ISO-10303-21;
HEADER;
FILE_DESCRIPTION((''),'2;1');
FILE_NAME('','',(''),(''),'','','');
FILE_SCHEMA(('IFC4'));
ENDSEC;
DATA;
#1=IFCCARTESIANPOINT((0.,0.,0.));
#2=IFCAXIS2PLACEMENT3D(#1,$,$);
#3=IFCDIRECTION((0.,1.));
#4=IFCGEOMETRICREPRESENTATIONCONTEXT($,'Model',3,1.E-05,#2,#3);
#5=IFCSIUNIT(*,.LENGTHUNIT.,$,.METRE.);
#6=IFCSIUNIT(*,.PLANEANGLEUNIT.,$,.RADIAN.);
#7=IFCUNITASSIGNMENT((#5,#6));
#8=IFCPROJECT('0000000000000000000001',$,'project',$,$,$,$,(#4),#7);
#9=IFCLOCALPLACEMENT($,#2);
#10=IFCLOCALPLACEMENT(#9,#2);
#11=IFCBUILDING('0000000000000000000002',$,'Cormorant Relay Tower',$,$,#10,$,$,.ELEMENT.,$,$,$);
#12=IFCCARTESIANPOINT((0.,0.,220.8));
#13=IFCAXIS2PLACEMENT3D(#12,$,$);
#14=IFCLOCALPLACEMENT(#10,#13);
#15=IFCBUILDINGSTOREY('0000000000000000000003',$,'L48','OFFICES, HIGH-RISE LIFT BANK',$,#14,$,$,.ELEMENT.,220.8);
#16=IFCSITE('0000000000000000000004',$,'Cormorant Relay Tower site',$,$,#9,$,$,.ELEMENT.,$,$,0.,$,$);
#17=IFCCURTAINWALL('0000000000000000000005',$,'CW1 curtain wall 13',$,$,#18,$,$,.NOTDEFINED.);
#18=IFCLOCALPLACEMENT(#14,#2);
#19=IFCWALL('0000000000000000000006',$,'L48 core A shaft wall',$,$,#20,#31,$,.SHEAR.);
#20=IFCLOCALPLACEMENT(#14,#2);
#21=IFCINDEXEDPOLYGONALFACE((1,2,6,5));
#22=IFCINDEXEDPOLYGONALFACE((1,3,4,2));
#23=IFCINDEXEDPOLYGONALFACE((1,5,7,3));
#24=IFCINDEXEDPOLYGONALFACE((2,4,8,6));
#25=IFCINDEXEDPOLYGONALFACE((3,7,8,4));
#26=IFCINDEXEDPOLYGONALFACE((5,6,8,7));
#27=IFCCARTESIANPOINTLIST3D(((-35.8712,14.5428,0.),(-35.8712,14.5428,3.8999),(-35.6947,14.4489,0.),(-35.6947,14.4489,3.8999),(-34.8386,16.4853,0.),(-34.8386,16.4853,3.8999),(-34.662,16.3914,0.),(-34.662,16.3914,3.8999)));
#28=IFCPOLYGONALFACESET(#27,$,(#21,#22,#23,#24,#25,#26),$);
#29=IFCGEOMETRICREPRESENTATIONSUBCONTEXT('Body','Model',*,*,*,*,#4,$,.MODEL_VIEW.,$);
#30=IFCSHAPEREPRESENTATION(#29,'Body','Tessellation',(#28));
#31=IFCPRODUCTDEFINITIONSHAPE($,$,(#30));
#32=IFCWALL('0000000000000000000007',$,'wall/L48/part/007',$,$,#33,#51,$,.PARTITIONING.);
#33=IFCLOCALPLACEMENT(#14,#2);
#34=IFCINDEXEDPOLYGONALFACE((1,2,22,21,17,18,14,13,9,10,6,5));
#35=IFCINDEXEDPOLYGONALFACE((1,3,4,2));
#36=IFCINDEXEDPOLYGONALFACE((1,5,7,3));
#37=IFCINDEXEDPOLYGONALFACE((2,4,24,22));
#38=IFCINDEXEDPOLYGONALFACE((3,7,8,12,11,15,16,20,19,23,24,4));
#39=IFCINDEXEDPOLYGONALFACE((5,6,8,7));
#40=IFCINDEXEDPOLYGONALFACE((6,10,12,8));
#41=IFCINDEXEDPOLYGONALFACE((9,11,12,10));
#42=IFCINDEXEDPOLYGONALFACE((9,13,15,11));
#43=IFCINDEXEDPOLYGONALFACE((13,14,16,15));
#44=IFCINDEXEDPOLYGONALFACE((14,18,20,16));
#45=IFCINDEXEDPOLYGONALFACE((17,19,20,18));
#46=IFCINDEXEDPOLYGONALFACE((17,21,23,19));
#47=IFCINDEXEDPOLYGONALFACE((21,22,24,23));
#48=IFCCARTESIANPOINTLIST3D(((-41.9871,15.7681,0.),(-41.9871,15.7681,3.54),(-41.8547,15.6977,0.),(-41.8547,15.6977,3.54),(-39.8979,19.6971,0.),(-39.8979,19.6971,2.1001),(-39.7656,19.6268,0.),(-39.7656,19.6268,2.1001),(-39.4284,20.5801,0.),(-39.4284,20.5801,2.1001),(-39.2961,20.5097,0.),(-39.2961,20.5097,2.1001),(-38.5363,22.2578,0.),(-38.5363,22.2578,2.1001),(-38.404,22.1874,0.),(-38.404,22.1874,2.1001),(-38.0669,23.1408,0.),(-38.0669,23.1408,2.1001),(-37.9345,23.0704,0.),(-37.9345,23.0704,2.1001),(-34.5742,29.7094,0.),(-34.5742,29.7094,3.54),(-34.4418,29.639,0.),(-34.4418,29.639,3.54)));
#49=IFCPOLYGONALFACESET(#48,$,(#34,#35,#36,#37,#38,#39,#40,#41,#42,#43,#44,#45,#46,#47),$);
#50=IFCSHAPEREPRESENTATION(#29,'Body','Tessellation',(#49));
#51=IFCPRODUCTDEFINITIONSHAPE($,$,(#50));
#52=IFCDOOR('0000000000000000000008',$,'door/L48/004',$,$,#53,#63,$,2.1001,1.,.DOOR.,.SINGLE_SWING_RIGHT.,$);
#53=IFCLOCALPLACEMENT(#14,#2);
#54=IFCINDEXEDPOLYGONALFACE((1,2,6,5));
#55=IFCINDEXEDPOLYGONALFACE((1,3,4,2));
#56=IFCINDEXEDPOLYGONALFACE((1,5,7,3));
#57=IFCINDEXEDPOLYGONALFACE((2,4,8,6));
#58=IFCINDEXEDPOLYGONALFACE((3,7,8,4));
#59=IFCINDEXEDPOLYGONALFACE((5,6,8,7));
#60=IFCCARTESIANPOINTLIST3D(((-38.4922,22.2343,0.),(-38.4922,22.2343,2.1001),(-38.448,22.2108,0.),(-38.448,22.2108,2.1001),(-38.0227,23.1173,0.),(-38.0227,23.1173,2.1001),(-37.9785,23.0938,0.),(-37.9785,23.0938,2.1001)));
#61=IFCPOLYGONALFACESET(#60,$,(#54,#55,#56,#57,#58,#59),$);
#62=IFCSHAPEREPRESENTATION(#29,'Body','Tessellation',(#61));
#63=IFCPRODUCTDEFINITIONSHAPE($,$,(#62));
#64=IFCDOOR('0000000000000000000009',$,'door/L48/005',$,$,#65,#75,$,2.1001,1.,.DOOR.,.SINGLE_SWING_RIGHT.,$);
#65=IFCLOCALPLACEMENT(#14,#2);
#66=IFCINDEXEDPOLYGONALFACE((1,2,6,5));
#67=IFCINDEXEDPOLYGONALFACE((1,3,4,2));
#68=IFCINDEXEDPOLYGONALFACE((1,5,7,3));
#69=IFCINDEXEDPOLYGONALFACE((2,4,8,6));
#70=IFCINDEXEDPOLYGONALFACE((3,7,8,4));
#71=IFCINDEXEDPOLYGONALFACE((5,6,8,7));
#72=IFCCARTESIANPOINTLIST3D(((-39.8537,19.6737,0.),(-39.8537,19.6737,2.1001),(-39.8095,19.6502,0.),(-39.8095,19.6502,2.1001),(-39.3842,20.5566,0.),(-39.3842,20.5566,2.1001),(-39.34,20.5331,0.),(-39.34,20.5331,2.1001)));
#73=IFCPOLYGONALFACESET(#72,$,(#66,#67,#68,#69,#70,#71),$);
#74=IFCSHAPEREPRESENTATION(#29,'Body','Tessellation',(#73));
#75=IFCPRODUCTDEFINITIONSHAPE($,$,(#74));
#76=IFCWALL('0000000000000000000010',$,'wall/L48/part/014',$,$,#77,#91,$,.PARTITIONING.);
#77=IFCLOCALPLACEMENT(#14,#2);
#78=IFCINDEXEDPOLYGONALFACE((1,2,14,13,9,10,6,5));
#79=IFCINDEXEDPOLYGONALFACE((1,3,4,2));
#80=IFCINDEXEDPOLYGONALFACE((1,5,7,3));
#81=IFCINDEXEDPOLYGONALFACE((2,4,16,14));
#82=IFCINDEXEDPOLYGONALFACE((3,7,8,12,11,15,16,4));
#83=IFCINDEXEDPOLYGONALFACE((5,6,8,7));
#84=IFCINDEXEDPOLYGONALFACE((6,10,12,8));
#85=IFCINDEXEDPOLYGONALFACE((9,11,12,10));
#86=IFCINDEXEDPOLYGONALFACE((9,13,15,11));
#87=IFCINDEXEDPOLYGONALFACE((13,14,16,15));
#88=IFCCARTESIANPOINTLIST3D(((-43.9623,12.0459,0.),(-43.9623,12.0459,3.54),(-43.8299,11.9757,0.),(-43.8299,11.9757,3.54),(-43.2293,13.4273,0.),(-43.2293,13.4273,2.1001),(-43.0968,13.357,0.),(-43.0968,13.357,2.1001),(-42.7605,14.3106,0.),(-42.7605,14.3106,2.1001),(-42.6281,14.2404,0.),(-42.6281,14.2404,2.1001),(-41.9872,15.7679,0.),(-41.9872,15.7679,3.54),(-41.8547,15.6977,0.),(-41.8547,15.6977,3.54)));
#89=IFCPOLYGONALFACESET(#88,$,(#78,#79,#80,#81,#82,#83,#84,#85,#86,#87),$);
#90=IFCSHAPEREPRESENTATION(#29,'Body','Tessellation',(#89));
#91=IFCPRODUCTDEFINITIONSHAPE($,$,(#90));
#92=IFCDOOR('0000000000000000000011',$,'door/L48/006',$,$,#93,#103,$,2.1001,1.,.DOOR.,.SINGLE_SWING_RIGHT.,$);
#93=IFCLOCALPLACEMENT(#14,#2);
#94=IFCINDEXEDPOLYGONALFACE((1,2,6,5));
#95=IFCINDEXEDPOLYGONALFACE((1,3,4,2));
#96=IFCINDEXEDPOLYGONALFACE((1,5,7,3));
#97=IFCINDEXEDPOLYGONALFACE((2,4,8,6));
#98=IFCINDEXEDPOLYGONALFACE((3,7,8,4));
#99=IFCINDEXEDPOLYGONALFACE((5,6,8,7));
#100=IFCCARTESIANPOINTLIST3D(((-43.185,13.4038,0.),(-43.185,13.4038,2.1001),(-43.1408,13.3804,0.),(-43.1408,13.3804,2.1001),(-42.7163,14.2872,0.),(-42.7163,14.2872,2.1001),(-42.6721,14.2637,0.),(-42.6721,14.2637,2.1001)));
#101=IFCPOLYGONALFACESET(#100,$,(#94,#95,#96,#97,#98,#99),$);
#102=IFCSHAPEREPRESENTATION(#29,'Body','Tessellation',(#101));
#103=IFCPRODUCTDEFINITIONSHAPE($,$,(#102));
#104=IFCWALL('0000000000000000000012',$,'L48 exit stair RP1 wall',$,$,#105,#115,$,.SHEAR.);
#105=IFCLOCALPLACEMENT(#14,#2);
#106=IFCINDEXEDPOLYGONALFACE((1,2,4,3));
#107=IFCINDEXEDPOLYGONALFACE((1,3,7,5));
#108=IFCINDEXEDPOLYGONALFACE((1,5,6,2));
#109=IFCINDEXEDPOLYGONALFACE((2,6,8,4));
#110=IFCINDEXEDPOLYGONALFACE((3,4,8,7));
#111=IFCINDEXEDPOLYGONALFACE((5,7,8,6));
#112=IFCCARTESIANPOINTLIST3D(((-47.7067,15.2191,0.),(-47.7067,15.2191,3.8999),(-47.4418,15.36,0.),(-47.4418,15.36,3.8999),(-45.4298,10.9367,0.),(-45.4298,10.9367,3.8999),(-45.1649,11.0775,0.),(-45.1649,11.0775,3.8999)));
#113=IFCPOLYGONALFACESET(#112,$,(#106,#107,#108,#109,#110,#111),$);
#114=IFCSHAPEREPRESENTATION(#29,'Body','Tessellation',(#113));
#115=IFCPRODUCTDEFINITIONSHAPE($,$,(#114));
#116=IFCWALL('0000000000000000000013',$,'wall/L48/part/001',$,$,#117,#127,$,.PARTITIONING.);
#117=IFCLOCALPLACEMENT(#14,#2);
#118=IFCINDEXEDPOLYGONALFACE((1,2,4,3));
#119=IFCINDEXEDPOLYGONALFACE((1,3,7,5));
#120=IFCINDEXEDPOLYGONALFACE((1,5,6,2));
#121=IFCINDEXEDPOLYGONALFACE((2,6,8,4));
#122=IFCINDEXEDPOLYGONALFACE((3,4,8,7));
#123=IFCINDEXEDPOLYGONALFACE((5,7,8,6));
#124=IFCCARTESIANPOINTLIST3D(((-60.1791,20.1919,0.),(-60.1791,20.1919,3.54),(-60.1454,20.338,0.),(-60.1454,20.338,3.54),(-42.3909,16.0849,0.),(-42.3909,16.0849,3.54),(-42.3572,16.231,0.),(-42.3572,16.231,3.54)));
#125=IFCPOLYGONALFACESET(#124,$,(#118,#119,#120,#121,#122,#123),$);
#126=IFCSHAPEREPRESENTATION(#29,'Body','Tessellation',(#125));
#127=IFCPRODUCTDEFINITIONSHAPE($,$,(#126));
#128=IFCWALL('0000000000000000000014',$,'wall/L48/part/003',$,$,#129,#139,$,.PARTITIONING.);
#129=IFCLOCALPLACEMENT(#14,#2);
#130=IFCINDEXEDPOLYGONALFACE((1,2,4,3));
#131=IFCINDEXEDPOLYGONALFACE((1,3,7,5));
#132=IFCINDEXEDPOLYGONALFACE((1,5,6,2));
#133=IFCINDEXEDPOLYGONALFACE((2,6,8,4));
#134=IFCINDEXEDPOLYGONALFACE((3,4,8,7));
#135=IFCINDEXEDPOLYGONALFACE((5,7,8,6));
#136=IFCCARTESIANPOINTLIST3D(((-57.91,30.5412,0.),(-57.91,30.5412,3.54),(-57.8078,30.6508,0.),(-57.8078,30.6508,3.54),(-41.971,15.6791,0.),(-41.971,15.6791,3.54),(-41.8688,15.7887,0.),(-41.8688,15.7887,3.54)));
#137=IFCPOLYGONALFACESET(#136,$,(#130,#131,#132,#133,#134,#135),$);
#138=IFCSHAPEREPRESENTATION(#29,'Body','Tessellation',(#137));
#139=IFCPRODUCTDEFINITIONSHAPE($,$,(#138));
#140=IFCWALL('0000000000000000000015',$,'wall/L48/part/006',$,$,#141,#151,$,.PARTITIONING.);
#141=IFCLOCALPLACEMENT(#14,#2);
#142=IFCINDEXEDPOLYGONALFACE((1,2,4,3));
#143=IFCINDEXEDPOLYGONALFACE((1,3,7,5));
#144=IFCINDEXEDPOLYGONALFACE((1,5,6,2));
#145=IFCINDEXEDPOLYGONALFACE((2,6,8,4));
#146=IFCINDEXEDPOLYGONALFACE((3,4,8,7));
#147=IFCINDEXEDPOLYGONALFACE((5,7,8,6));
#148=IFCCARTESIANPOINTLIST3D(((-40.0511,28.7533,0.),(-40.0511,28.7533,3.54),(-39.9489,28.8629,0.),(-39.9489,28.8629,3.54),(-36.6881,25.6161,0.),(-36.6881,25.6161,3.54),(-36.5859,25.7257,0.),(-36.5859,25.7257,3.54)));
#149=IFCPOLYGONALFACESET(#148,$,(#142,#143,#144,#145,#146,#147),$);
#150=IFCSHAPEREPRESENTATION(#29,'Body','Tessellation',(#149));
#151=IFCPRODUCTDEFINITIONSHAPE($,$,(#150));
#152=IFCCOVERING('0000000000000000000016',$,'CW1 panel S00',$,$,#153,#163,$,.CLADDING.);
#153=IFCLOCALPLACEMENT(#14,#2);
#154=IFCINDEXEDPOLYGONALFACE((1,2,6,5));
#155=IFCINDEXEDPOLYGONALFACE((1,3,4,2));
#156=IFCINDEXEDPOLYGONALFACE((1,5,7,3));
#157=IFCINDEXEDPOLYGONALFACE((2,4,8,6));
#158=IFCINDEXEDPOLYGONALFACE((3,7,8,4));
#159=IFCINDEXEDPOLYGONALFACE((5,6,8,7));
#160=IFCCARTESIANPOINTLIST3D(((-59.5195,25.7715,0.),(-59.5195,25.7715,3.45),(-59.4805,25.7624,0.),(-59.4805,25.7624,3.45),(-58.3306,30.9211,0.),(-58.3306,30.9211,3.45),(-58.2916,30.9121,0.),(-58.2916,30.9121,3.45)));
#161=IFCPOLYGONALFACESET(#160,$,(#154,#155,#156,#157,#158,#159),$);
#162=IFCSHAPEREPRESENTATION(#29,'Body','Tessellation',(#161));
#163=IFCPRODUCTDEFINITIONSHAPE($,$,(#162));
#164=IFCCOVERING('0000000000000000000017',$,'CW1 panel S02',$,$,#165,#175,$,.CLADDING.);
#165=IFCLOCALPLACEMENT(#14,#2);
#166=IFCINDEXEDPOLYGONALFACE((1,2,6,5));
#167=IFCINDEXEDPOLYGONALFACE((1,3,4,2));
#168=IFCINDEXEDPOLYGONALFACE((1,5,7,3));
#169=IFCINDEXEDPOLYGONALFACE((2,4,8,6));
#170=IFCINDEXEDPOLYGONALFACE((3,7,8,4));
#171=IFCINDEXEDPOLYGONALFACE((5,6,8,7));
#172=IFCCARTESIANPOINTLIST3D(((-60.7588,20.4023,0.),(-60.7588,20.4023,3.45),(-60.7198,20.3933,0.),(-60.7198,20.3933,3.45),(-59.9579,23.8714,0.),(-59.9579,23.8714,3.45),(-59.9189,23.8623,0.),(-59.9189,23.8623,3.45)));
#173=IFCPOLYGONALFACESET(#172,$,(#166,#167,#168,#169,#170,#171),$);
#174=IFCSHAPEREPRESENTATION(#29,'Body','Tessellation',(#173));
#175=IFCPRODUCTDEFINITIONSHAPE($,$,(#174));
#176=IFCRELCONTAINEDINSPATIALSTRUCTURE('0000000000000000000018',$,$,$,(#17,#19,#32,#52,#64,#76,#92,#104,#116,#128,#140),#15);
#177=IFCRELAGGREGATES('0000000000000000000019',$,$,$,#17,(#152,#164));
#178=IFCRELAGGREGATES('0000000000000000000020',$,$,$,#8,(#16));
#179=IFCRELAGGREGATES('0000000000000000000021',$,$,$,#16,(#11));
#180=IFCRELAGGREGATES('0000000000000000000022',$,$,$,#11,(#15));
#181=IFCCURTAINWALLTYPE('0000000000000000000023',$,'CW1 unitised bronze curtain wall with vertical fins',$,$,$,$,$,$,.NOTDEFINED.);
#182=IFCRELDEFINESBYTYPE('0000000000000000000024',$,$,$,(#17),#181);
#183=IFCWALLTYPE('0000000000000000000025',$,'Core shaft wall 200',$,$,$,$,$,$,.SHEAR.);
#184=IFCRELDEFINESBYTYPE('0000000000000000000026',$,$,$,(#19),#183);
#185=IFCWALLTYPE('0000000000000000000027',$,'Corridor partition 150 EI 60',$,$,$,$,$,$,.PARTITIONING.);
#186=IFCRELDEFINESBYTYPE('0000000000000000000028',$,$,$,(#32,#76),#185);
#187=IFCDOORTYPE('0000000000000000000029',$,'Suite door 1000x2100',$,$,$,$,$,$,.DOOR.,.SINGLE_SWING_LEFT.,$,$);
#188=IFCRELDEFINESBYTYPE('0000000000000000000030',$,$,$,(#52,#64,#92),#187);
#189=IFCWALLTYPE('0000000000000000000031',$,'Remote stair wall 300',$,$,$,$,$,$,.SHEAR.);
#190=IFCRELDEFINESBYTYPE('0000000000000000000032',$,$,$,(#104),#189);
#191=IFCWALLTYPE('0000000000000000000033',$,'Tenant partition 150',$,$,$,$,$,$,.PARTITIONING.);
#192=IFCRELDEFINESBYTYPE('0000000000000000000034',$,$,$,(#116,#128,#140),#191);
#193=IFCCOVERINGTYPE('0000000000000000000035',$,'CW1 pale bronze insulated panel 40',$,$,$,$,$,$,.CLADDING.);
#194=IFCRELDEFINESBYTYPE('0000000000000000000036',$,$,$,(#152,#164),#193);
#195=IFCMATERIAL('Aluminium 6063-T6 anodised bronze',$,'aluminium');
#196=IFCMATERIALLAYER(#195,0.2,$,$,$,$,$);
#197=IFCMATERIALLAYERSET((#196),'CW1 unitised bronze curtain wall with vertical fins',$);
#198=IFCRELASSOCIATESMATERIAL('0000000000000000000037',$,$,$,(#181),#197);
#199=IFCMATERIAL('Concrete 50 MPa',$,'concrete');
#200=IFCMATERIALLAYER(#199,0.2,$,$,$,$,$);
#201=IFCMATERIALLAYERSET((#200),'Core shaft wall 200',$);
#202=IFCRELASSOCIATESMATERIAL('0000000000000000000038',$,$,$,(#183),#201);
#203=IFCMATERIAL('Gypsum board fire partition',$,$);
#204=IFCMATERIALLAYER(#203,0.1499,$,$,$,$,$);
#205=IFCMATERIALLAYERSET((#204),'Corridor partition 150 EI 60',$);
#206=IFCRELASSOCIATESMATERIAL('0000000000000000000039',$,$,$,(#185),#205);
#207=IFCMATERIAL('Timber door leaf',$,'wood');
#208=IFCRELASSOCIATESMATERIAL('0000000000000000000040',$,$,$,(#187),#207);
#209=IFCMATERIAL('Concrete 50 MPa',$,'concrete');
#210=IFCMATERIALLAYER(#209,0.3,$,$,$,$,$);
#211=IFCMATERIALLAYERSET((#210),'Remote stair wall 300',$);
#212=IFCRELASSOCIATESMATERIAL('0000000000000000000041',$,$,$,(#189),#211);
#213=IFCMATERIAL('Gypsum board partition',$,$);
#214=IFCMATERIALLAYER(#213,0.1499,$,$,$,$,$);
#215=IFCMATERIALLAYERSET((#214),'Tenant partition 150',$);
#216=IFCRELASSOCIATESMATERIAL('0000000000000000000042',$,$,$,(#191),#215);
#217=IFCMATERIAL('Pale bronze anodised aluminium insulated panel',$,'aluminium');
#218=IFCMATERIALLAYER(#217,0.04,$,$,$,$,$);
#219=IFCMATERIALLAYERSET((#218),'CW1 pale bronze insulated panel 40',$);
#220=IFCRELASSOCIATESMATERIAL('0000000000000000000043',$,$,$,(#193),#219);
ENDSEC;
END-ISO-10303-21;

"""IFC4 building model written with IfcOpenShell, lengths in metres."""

from ifc_helpers import new_model, si_unit, direction, frame, frame_2d, origin, origin_2d, place, context, subcontext, project, spatial, rectangle, extrude, material, layer, layer_set, type_object, element, fill, aggregate, save


model = new_model("IFC4")

# Units and contexts
model_context = context("Model", 3, precision=1e-05, world=origin(), true_north=direction((0.0, 1.0)))
body_context = subcontext(model_context, "Body", "Model", "MODEL_VIEW")
ifc_project = project(units=[si_unit("LENGTHUNIT", "METRE"), si_unit("PLANEANGLEUNIT", "RADIAN")], contexts=[model_context])

# Site, building, storey
site_placement = place(None, origin())
site = spatial("IfcSite", under=ifc_project, at=site_placement, Name="Cormorant Relay Tower site", CompositionType="ELEMENT", RefElevation=0.0)
building_placement = place(site_placement, origin())
building = spatial("IfcBuilding", under=site, at=building_placement, Name="Cormorant Relay Tower", CompositionType="ELEMENT")
storey_placement = place(building_placement, frame((0.0, 0.0, 220.8)))
storey = spatial("IfcBuildingStorey", under=building, at=storey_placement, Name="L48", Description="OFFICES, HIGH-RISE LIFT BANK", CompositionType="ELEMENT", Elevation=220.8)

# Curtain wall
ifc_material_1 = material(Name="Aluminium 6063-T6 anodised bronze", Category="aluminium")
ifc_layer_1 = layer(ifc_material_1, 0.2)
ifc_layer_set_1 = layer_set([ifc_layer_1], Name="CW1 unitised bronze curtain wall with vertical fins")
curtain_wall_type = type_object("IfcCurtainWallType", Name="CW1 unitised bronze curtain wall with vertical fins", PredefinedType="NOTDEFINED", material=ifc_layer_set_1)
curtain_wall_1_placement = place(storey_placement, origin())
curtain_wall_1 = element("IfcCurtainWall", 1, at=curtain_wall_1_placement, inside=storey, type_object=curtain_wall_type, Name="CW1 curtain wall 13", PredefinedType="NOTDEFINED")

# Wall
ifc_material_2 = material(Name="Concrete 50 MPa", Category="concrete")
ifc_layer_2 = layer(ifc_material_2, 0.2)
ifc_layer_set_2 = layer_set([ifc_layer_2], Name="Core shaft wall 200")
wall_type_1 = type_object("IfcWallType", Name="Core shaft wall 200", PredefinedType="SHEAR", material=ifc_layer_set_2)
wall_1_placement = place(storey_placement, frame((-34.7502, 16.4385, 0.0), z_axis=(0.0, 0.0, 1.0), x_axis=(-0.469401, -0.882985, 0.0)))
element("IfcWall", 2, at=wall_1_placement, inside=storey, type_object=wall_type_1, Name="L48 core A shaft wall", PredefinedType="SHEAR", context=body_context, shape_type="SweptSolid", body=[
    extrude(rectangle(XDim=2.2, YDim=0.2, at=frame_2d((1.1001, 0.0))), origin(), (0.0, 0.0, 1.0), 3.8999),
])

# Wall, openings, doors
ifc_material_3 = material(Name="Gypsum board fire partition")
ifc_layer_3 = layer(ifc_material_3, 0.1499)
ifc_layer_set_3 = layer_set([ifc_layer_3], Name="Corridor partition 150 EI 60")
wall_type_2 = type_object("IfcWallType", Name="Corridor partition 150 EI 60", PredefinedType="PARTITIONING", material=ifc_layer_set_3)
wall_2_placement = place(storey_placement, frame((-41.9209, 15.7329, 0.0), z_axis=(0.0, 0.0, 1.0), x_axis=(0.469481, 0.882942, 0.0)))
wall_2 = element("IfcWall", 3, at=wall_2_placement, inside=storey, type_object=wall_type_2, Name="wall/L48/part/007", PredefinedType="PARTITIONING", context=body_context, shape_type="SweptSolid", body=[
    extrude(rectangle(XDim=15.7896, YDim=0.1499, at=frame_2d((7.8948, 0.0))), origin(), (0.0, 0.0, 1.0), 3.54),
])
opening_1_placement = place(wall_2_placement, frame((7.3501, 0.0, 0.0)))
opening_1 = element("IfcOpeningElement", 4, at=opening_1_placement, cuts=wall_2, PredefinedType="OPENING", context=body_context, shape_type="SweptSolid", body=[
    extrude(rectangle(XDim=1.0, YDim=2.1001, at=frame_2d((0.5, 1.05))), frame((0.0, 0.085, 0.0), z_axis=(0.0, -1.0, 0.0), x_axis=(1.0, 0.0, 0.0)), (0.0, 0.0, 1.0), 0.1699),
])
opening_2_placement = place(wall_2_placement, frame((4.45, 0.0, 0.0)))
opening_2 = element("IfcOpeningElement", 5, at=opening_2_placement, cuts=wall_2, PredefinedType="OPENING", context=body_context, shape_type="SweptSolid", body=[
    extrude(rectangle(XDim=1.0, YDim=2.1001, at=frame_2d((0.5, 1.05))), frame((0.0, 0.085, 0.0), z_axis=(0.0, -1.0, 0.0), x_axis=(1.0, 0.0, 0.0)), (0.0, 0.0, 1.0), 0.1699),
])
ifc_material_4 = material(Name="Timber door leaf", Category="wood")
door_type = type_object("IfcDoorType", Name="Suite door 1000x2100", OperationType="SINGLE_SWING_LEFT", PredefinedType="DOOR", material=ifc_material_4)
door_1_placement = place(opening_1_placement, origin())
door_1 = element("IfcDoor", 6, at=door_1_placement, inside=storey, type_object=door_type, Name="door/L48/004", OperationType="SINGLE_SWING_RIGHT", OverallHeight=2.1001, OverallWidth=1.0, PredefinedType="DOOR", context=body_context, shape_type="SweptSolid", body=[
    extrude(rectangle(XDim=1.0, YDim=2.1001, at=frame_2d((0.5, 1.05))), frame((0.0, 0.0249, 0.0), z_axis=(0.0, -1.0, 0.0), x_axis=(1.0, 0.0, 0.0)), (0.0, 0.0, 1.0), 0.05),
])
fill(opening_1, door_1)
door_2_placement = place(opening_2_placement, origin())
door_2 = element("IfcDoor", 7, at=door_2_placement, inside=storey, type_object=door_type, Name="door/L48/005", OperationType="SINGLE_SWING_RIGHT", OverallHeight=2.1001, OverallWidth=1.0, PredefinedType="DOOR", context=body_context, shape_type="SweptSolid", body=[
    extrude(rectangle(XDim=1.0, YDim=2.1001, at=frame_2d((0.5, 1.05))), frame((0.0, 0.0249, 0.0), z_axis=(0.0, -1.0, 0.0), x_axis=(1.0, 0.0, 0.0)), (0.0, 0.0, 1.0), 0.05),
])
fill(opening_2, door_2)

# Wall, opening, door
wall_3_placement = place(storey_placement, frame((-41.9209, 15.7329, 0.0), z_axis=(0.0, 0.0, 1.0), x_axis=(-0.468753, -0.883329, 0.0)))
wall_3 = element("IfcWall", 8, at=wall_3_placement, inside=storey, type_object=wall_type_2, Name="wall/L48/part/014", PredefinedType="PARTITIONING", context=body_context, shape_type="SweptSolid", body=[
    extrude(rectangle(XDim=4.2136, YDim=0.1499, at=frame_2d((2.1069, 0.0))), origin(), (0.0, 0.0, 1.0), 3.54),
])
opening_3_placement = place(wall_3_placement, frame((1.6499, 0.0, 0.0)))
opening_3 = element("IfcOpeningElement", 9, at=opening_3_placement, cuts=wall_3, PredefinedType="OPENING", context=body_context, shape_type="SweptSolid", body=[
    extrude(rectangle(XDim=1.0, YDim=2.1001, at=frame_2d((0.5, 1.05))), frame((0.0, 0.085, 0.0), z_axis=(0.0, -1.0, 0.0), x_axis=(1.0, 0.0, 0.0)), (0.0, 0.0, 1.0), 0.1699),
])
door_3_placement = place(opening_3_placement, frame((1.0, 0.0, 0.0), z_axis=(0.0, 0.0, 1.0), x_axis=(-1.0, 0.0, 0.0)))
door_3 = element("IfcDoor", 10, at=door_3_placement, inside=storey, type_object=door_type, Name="door/L48/006", OperationType="SINGLE_SWING_RIGHT", OverallHeight=2.1001, OverallWidth=1.0, PredefinedType="DOOR", context=body_context, shape_type="SweptSolid", body=[
    extrude(rectangle(XDim=1.0, YDim=2.1001, at=frame_2d((0.5, 1.05))), frame((0.0, 0.0249, 0.0), z_axis=(0.0, -1.0, 0.0), x_axis=(1.0, 0.0, 0.0)), (0.0, 0.0, 1.0), 0.05),
])
fill(opening_3, door_3)

# Walls
ifc_material_5 = material(Name="Concrete 50 MPa", Category="concrete")
ifc_layer_4 = layer(ifc_material_5, 0.3)
ifc_layer_set_4 = layer_set([ifc_layer_4], Name="Remote stair wall 300")
wall_type_3 = type_object("IfcWallType", Name="Remote stair wall 300", PredefinedType="SHEAR", material=ifc_layer_set_4)
wall_4_placement = place(storey_placement, frame((-47.5742, 15.2896, 0.0), z_axis=(0.0, 0.0, 1.0), x_axis=(0.469443, -0.882963, 0.0)))
element("IfcWall", 11, at=wall_4_placement, inside=storey, type_object=wall_type_3, Name="L48 exit stair RP1 wall", PredefinedType="SHEAR", context=body_context, shape_type="SweptSolid", body=[
    extrude(rectangle(XDim=4.8501, YDim=0.3, at=frame_2d((2.425, 0.0))), origin(), (0.0, 0.0, 1.0), 3.8999),
])
ifc_material_6 = material(Name="Gypsum board partition")
ifc_layer_5 = layer(ifc_material_6, 0.1499)
ifc_layer_set_5 = layer_set([ifc_layer_5], Name="Tenant partition 150")
wall_type_4 = type_object("IfcWallType", Name="Tenant partition 150", PredefinedType="PARTITIONING", material=ifc_layer_set_5)
wall_5_placement = place(storey_placement, frame((-60.1621, 20.2649, 0.0), z_axis=(0.0, 0.0, 1.0), x_axis=(0.974367, -0.224963, 0.0)))
element("IfcWall", 12, at=wall_5_placement, inside=storey, type_object=wall_type_4, Name="wall/L48/part/001", PredefinedType="PARTITIONING", context=body_context, shape_type="SweptSolid", body=[
    extrude(rectangle(XDim=18.2561, YDim=0.1499, at=frame_2d((9.1279, 0.0))), origin(), (0.0, 0.0, 1.0), 3.54),
])
wall_6_placement = place(storey_placement, frame((-41.9199, 15.7339, 0.0), z_axis=(0.0, 0.0, 1.0), x_axis=(-0.731383, 0.681967, 0.0)))
element("IfcWall", 13, at=wall_6_placement, inside=storey, type_object=wall_type_4, Name="wall/L48/part/003", PredefinedType="PARTITIONING", context=body_context, shape_type="SweptSolid", body=[
    extrude(rectangle(XDim=21.793, YDim=0.1499, at=frame_2d((10.8965, 0.0))), origin(), (0.0, 0.0, 1.0), 3.54),
])
wall_7_placement = place(storey_placement, frame((-40.0, 28.8081, 0.0), z_axis=(0.0, 0.0, 1.0), x_axis=(0.731232, -0.682129, 0.0)))
element("IfcWall", 14, at=wall_7_placement, inside=storey, type_object=wall_type_4, Name="wall/L48/part/006", PredefinedType="PARTITIONING", context=body_context, shape_type="SweptSolid", body=[
    extrude(rectangle(XDim=4.5991, YDim=0.1499, at=frame_2d((2.2996, 0.0))), origin(), (0.0, 0.0, 1.0), 3.54),
])

# Coverings
ifc_material_7 = material(Name="Pale bronze anodised aluminium insulated panel", Category="aluminium")
ifc_layer_6 = layer(ifc_material_7, 0.04)
ifc_layer_set_6 = layer_set([ifc_layer_6], Name="CW1 pale bronze insulated panel 40")
covering_type = type_object("IfcCoveringType", Name="CW1 pale bronze insulated panel 40", PredefinedType="CLADDING", material=ifc_layer_set_6)
covering_1_placement = place(storey_placement, frame((-58.9055, 28.3418, 0.0), z_axis=(0.0, 0.0, 1.0), x_axis=(-0.224951, -0.97437, 0.0)))
covering_1 = element("IfcCovering", 15, at=covering_1_placement, type_object=covering_type, Name="CW1 panel S00", PredefinedType="CLADDING", context=body_context, shape_type="SweptSolid", body=[
    extrude(rectangle(XDim=5.2852, YDim=0.04, at=origin_2d()), origin(), (0.0, 0.0, 1.0), 3.45),
])
covering_2_placement = place(storey_placement, frame((-60.3389, 22.1323, 0.0), z_axis=(0.0, 0.0, 1.0), x_axis=(-0.224951, -0.97437, 0.0)))
covering_2 = element("IfcCovering", 16, at=covering_2_placement, type_object=covering_type, Name="CW1 panel S02", PredefinedType="CLADDING", context=body_context, shape_type="SweptSolid", body=[
    extrude(rectangle(XDim=3.5603, YDim=0.04, at=origin_2d()), origin(), (0.0, 0.0, 1.0), 3.45),
])
aggregate(curtain_wall_1, [covering_1, covering_2])

save(model, "model.ifc")
